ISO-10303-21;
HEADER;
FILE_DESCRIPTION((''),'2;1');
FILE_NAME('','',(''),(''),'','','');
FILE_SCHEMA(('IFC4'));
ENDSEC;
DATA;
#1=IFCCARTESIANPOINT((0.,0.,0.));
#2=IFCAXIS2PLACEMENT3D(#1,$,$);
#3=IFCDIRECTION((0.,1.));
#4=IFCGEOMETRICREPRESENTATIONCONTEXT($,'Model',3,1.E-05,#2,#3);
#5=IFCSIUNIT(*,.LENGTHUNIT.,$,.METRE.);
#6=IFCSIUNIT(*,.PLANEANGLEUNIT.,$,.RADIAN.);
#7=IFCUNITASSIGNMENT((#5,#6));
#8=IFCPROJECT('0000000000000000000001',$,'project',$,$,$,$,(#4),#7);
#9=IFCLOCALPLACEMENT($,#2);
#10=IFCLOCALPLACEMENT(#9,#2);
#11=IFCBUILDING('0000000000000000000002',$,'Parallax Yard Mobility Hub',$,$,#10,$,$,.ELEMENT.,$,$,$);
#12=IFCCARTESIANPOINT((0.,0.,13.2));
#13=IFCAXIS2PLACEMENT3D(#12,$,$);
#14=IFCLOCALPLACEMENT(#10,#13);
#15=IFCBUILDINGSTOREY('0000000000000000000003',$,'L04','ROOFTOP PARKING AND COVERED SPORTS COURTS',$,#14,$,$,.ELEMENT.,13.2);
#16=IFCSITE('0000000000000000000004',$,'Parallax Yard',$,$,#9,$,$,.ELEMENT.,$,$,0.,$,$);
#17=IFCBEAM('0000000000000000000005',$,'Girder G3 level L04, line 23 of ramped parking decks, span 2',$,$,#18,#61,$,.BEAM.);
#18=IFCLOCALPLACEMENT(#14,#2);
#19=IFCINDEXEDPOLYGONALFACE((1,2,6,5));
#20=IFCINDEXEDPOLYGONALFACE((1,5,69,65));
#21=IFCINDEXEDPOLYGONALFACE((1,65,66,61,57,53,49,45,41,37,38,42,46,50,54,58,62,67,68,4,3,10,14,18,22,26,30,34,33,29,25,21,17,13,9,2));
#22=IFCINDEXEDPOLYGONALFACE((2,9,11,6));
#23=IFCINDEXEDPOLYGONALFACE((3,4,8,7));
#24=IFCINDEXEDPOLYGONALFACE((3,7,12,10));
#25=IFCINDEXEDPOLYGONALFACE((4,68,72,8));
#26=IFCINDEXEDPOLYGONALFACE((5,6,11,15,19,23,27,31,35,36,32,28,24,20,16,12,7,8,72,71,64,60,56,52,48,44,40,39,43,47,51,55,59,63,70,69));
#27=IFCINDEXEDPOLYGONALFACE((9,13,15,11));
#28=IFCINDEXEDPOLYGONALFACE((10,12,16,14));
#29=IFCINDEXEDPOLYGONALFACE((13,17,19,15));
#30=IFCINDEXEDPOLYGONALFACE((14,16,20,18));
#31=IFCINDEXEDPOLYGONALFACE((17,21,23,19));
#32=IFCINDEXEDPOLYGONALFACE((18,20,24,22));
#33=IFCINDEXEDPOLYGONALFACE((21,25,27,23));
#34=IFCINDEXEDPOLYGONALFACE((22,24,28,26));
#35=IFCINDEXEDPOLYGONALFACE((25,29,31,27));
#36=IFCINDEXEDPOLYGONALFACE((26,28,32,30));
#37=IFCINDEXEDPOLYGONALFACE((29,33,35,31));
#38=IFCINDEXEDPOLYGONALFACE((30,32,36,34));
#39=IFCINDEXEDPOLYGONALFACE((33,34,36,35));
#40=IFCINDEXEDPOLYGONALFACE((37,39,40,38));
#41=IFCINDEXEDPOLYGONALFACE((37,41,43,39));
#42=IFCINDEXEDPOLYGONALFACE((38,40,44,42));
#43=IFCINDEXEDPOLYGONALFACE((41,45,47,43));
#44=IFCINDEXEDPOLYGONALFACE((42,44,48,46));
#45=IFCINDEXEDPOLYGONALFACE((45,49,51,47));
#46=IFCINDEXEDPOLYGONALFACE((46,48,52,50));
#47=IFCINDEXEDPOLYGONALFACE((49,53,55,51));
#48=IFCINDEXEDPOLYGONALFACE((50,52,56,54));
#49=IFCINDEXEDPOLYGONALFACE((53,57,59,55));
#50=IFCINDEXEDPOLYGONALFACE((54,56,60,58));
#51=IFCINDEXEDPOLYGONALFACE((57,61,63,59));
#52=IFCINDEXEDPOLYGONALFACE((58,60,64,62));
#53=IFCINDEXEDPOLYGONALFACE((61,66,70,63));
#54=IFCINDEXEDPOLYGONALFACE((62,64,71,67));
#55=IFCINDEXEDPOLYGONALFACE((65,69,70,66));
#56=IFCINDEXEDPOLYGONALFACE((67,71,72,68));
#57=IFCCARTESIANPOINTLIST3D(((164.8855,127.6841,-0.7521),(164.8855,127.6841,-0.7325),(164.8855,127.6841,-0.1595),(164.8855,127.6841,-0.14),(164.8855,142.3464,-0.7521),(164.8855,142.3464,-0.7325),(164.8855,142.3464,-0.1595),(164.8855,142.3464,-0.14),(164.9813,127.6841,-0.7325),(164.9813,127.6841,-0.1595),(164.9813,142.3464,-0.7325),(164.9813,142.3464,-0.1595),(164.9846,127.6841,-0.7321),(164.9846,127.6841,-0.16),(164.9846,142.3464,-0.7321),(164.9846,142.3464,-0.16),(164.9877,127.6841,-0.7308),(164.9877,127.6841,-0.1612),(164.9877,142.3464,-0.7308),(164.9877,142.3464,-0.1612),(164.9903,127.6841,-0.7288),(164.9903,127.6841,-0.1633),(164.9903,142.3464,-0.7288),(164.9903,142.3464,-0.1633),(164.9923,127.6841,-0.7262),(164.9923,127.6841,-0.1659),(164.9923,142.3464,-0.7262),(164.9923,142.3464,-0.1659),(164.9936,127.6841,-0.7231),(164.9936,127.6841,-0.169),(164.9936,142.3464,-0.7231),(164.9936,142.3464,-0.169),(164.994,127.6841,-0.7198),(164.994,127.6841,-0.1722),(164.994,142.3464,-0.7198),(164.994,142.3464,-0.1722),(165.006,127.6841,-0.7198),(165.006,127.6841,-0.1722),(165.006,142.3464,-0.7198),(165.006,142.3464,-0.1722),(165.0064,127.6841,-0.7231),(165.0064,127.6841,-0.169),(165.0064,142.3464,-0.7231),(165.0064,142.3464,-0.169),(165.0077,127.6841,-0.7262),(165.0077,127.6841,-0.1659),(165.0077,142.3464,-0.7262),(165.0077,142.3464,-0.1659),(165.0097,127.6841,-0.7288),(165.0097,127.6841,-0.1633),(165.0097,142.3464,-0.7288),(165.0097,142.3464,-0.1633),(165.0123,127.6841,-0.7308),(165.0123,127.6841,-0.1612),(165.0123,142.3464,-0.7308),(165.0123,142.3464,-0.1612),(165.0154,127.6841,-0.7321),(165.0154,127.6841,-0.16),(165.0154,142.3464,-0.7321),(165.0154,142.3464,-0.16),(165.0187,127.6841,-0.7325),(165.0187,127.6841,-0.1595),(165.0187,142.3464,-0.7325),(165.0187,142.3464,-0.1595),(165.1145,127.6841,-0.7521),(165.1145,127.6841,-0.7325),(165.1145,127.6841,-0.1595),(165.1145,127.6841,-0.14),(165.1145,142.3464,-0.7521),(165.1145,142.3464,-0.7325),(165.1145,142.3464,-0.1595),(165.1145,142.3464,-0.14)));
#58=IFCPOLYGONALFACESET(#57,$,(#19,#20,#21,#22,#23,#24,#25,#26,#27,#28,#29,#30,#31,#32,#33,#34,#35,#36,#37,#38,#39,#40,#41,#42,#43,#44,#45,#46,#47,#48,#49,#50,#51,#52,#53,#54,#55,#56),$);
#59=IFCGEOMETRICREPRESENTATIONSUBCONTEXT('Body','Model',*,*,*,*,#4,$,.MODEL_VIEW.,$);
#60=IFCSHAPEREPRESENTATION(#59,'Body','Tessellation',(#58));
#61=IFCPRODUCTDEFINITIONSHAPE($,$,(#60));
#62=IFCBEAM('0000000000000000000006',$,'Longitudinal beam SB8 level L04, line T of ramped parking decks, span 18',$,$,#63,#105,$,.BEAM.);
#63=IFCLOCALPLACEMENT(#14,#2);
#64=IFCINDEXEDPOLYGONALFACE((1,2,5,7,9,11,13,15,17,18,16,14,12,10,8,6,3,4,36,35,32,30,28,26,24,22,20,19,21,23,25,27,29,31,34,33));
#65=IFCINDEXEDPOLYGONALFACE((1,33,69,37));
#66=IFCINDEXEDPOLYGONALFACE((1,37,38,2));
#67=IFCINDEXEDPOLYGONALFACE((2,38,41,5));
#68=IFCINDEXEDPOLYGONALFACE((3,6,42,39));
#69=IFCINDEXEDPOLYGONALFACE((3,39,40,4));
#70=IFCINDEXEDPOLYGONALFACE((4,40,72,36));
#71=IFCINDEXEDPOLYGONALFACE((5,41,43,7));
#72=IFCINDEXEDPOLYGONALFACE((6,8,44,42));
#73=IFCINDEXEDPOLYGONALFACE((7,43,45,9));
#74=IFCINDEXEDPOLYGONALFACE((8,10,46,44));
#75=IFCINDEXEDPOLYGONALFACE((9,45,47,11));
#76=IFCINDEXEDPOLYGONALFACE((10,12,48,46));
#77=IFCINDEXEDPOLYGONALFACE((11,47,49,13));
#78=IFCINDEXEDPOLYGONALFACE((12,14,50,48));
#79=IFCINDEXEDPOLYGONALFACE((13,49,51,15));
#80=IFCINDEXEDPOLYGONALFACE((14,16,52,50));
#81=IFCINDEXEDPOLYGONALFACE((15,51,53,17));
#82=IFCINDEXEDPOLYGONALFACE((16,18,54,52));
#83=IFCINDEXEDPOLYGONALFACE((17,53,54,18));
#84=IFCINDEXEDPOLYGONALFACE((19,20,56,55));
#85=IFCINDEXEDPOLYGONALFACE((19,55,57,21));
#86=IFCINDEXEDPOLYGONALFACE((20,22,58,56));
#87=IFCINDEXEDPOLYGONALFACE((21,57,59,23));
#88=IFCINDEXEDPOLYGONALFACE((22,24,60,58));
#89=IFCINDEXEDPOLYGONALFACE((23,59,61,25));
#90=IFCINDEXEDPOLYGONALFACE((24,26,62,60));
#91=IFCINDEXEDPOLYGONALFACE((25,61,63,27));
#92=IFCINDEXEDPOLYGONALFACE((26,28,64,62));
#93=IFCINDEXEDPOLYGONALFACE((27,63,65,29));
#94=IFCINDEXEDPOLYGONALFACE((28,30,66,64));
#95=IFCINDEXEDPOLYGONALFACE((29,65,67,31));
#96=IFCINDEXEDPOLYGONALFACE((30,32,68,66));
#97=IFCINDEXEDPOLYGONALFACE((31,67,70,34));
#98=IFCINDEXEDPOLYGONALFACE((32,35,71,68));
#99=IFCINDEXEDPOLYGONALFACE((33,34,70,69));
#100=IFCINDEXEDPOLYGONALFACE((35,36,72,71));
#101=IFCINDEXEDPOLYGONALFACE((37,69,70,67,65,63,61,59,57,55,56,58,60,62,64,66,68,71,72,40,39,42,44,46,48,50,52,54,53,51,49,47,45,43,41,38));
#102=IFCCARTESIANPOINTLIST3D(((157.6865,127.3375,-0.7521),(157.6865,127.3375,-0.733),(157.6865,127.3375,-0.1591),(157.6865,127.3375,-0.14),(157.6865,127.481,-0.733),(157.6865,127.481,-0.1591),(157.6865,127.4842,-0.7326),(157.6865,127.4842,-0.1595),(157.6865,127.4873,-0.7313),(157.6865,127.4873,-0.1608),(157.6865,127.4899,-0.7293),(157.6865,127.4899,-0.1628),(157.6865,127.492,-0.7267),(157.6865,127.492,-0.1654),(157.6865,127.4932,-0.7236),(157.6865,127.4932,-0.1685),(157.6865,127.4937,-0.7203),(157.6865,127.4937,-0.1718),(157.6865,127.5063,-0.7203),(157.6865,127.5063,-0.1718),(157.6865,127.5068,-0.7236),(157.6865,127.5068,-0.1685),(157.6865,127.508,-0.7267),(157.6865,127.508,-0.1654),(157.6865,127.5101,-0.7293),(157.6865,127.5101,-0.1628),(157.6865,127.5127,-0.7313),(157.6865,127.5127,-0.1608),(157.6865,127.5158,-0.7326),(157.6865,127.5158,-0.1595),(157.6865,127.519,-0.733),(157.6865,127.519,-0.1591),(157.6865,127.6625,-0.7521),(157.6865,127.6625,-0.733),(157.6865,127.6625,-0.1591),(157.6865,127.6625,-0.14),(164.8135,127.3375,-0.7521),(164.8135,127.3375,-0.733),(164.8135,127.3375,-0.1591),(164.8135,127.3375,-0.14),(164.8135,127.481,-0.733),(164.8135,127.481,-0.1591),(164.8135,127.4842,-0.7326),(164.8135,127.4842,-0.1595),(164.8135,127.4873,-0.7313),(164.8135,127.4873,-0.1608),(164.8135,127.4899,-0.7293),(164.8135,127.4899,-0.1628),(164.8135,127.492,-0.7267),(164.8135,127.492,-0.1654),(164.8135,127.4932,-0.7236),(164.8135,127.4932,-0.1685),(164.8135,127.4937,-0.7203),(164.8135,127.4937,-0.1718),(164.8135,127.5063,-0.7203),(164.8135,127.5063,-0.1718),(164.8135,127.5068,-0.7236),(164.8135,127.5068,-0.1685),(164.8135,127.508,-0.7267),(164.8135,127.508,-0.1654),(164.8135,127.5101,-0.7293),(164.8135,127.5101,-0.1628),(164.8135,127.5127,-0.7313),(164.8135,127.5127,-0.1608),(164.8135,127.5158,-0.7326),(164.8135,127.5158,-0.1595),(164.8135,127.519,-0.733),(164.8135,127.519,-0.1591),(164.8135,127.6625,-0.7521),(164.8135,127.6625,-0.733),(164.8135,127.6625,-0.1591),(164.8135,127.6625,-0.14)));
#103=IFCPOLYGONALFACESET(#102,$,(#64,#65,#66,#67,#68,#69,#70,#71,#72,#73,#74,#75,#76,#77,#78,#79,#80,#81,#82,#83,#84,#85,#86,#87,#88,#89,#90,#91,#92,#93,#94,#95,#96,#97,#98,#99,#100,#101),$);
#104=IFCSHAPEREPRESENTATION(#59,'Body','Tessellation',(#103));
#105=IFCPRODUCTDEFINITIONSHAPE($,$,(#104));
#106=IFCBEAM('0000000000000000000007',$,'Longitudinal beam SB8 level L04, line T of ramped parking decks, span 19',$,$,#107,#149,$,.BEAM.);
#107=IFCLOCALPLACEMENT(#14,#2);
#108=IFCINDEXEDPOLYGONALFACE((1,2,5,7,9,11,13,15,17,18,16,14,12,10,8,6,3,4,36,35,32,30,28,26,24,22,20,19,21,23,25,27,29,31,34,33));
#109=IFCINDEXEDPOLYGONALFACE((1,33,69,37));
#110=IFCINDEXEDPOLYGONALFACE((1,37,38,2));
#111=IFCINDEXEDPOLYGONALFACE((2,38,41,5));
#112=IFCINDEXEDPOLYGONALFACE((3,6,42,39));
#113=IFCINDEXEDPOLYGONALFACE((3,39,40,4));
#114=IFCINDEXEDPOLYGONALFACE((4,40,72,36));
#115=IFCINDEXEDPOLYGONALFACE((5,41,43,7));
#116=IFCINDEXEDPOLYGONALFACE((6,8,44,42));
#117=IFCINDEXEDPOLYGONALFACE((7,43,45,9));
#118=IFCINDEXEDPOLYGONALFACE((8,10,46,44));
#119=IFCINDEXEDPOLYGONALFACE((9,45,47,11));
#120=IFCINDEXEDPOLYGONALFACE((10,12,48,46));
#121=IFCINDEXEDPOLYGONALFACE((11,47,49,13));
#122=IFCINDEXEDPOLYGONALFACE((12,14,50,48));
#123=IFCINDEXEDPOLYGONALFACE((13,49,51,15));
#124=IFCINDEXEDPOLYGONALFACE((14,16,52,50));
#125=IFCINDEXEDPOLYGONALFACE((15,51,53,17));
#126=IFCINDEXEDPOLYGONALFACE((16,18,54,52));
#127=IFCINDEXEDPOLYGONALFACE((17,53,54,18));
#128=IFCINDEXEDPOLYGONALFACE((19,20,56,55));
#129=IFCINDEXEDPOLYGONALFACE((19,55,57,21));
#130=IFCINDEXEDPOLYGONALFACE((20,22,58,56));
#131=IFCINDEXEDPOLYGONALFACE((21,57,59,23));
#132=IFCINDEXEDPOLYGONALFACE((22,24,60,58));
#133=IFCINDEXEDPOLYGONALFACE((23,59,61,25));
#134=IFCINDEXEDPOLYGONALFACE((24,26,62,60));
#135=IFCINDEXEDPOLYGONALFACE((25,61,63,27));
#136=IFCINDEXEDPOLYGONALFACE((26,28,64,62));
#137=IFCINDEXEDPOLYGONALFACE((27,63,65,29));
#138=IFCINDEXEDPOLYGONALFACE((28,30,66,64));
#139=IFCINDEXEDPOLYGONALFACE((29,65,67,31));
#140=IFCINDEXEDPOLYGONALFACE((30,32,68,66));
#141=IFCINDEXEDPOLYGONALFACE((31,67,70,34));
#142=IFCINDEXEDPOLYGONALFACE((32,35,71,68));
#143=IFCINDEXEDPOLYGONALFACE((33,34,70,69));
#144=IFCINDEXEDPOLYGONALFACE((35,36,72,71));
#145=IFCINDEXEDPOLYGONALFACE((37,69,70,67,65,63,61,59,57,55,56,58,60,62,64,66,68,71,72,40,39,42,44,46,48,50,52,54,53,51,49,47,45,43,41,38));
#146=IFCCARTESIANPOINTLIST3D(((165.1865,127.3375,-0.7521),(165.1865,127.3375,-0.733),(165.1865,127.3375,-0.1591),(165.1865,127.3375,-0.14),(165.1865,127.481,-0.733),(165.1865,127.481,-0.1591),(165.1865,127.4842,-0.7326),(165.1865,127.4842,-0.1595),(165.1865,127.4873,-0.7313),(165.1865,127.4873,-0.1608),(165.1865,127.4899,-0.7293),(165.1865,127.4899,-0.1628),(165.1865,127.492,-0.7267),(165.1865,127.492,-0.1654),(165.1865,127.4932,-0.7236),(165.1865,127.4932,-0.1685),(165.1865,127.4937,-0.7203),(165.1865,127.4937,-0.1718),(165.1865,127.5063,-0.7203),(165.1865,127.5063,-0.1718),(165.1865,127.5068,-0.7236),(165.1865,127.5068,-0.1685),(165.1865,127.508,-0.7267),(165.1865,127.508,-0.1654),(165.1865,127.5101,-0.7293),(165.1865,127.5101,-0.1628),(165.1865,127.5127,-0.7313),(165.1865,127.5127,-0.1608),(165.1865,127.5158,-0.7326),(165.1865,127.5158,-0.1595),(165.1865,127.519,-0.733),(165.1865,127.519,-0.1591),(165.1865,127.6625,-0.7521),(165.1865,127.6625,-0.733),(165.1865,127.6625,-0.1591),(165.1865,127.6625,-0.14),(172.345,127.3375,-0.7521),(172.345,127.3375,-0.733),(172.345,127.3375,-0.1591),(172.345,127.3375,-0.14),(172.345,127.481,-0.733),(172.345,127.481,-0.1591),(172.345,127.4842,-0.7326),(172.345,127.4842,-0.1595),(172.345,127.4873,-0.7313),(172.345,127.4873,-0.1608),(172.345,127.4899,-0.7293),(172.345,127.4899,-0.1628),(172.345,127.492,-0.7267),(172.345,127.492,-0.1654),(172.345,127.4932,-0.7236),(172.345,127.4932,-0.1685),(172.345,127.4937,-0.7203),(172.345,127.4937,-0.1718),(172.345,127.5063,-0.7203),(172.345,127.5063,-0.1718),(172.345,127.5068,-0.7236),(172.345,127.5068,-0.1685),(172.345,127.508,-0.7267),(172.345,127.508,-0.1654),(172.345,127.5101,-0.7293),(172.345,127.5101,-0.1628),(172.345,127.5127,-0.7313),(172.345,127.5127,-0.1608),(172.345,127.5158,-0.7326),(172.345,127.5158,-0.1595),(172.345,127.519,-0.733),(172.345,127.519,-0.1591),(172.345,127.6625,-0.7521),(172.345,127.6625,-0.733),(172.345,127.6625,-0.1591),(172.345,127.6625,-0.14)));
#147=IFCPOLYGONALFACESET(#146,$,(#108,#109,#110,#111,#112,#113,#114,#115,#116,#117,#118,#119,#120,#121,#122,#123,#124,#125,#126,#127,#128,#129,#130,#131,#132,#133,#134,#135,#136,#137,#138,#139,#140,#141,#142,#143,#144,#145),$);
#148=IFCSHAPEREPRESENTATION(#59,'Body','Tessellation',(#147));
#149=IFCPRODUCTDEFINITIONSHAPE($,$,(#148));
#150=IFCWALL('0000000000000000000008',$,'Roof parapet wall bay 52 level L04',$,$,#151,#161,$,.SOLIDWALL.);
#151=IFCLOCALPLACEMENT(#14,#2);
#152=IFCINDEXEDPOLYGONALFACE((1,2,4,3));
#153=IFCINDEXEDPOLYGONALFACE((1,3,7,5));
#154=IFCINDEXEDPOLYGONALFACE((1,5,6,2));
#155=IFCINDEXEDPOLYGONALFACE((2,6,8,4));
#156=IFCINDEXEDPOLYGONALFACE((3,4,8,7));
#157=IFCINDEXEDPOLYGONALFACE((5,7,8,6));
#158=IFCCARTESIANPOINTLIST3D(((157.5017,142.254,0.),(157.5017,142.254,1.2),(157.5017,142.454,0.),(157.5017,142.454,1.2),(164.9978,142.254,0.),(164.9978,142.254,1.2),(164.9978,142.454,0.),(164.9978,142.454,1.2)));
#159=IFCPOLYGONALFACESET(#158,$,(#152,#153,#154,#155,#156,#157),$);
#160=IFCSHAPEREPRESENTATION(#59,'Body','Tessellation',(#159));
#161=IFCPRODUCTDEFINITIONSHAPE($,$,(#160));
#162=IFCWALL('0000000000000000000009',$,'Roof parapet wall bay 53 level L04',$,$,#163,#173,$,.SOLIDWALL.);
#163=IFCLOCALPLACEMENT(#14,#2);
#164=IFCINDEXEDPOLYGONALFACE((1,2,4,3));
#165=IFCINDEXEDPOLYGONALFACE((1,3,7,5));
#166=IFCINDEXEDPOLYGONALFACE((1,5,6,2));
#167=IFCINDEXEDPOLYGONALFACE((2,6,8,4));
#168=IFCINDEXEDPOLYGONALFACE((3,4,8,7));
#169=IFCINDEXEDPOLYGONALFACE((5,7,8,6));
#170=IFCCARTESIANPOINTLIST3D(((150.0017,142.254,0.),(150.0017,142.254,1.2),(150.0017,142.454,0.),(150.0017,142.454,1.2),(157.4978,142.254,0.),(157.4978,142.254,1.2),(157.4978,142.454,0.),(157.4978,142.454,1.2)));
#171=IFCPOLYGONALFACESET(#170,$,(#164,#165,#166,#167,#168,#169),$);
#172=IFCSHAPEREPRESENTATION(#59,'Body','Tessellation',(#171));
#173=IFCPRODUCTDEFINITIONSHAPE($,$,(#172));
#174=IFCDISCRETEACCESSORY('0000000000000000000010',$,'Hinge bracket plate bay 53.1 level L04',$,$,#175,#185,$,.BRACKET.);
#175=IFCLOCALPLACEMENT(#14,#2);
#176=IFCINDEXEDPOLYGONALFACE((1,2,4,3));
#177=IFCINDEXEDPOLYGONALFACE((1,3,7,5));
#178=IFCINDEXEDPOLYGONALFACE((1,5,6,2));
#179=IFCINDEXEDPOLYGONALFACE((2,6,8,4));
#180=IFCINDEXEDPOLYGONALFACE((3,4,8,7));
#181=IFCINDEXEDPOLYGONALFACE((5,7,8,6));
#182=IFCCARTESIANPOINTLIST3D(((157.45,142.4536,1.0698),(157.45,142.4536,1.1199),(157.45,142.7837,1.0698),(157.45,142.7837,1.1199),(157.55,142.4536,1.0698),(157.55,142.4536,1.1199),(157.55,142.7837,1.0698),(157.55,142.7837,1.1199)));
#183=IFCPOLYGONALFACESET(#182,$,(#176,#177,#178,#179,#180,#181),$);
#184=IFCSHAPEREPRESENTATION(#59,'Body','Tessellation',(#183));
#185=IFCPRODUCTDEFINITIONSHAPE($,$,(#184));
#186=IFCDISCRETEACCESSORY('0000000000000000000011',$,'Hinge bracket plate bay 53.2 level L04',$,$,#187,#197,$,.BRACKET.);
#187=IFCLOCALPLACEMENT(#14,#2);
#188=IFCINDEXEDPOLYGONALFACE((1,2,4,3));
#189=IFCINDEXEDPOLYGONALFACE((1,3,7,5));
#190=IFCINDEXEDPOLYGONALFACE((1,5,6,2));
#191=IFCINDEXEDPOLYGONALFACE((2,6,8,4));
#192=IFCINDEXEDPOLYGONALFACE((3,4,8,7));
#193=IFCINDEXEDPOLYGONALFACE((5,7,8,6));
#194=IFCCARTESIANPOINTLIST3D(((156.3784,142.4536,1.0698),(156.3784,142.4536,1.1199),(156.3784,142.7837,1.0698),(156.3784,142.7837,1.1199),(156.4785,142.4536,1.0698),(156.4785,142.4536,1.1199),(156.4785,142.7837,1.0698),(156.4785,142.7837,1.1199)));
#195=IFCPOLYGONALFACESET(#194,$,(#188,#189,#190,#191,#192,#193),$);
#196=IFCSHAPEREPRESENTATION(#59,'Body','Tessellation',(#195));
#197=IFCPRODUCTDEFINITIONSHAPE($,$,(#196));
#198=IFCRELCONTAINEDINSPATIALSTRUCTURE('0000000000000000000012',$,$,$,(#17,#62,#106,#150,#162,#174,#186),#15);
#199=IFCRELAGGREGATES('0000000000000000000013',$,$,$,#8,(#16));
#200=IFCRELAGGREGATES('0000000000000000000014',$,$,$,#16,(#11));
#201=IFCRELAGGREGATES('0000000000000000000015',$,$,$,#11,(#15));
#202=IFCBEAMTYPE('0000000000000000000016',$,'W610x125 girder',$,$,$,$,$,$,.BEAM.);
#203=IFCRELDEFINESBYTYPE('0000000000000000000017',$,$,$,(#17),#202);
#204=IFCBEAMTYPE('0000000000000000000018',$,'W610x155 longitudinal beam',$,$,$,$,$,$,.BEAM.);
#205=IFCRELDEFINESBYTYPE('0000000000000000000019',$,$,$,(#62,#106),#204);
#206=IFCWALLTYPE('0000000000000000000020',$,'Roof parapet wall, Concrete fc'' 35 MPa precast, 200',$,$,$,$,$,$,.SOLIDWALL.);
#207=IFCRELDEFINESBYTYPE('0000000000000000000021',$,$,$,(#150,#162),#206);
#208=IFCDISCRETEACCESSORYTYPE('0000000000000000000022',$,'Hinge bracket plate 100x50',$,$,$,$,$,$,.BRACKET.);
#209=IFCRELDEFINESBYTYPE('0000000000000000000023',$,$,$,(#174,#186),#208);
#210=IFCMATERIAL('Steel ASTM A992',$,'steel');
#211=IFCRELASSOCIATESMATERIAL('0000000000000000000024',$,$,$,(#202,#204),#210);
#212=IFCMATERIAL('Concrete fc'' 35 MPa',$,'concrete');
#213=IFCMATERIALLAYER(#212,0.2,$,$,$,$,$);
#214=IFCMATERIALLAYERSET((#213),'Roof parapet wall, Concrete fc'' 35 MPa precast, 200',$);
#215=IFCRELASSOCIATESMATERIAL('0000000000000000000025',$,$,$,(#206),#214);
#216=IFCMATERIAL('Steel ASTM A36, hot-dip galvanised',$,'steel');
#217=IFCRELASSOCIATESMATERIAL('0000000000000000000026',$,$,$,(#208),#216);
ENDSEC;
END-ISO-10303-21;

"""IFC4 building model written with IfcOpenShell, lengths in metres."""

from ifc_helpers import new_model, si_unit, direction, frame, frame_2d, origin, origin_2d, place, context, subcontext, project, spatial, rectangle, i_section, extrude, material, layer, layer_set, material_profile, profile_set, type_object, element, save


model = new_model("IFC4")

# Units and contexts
model_context = context("Model", 3, precision=1e-05, world=origin(), true_north=direction((0.0, 1.0)))
body_context = subcontext(model_context, "Body", "Model", "MODEL_VIEW")
ifc_project = project(units=[si_unit("LENGTHUNIT", "METRE"), si_unit("PLANEANGLEUNIT", "RADIAN")], contexts=[model_context])

# Site, building, storey
site_placement = place(None, origin())
site = spatial("IfcSite", under=ifc_project, at=site_placement, Name="Parallax Yard", CompositionType="ELEMENT", RefElevation=0.0)
building_placement = place(site_placement, origin())
building = spatial("IfcBuilding", under=site, at=building_placement, Name="Parallax Yard Mobility Hub", CompositionType="ELEMENT")
storey_placement = place(building_placement, frame((0.0, 0.0, 13.2)))
storey = spatial("IfcBuildingStorey", under=building, at=storey_placement, Name="L04", Description="ROOFTOP PARKING AND COVERED SPORTS COURTS", CompositionType="ELEMENT", Elevation=13.2)

# Shared definitions
ifc_material_1 = material(Name="Steel ASTM A992", Category="steel")

# Beams
ifc_material_profile_1 = material_profile(ifc_material_1, i_section(OverallWidth=0.229, OverallDepth=0.6121, WebThickness=0.012, FlangeThickness=0.0195, FilletRadius=0.0127, at=origin_2d()), Name="W610x125")
ifc_profile_set_1 = profile_set([ifc_material_profile_1], Name="Steel ASTM A992")
beam_type_1 = type_object("IfcBeamType", Name="W610x125 girder", PredefinedType="BEAM", material=ifc_profile_set_1)
for number, where, z_axis, x_axis, name in (
    (1, (165.0, 127.6841, -0.446), (0.0, 1.0, 0.0), (-1.0, 0.0, 0.0), "Girder G3 level L04, line 23 of ramped parking decks, span 2"),
):
    element("IfcBeam", number, at=place(storey_placement, frame(where, z_axis=z_axis, x_axis=x_axis)), inside=storey, type_object=beam_type_1, Name=name, PredefinedType="BEAM", context=body_context, shape_type="SweptSolid", body=[
        extrude(i_section(OverallWidth=0.229, OverallDepth=0.6121, WebThickness=0.012, FlangeThickness=0.0195, FilletRadius=0.0127, at=origin_2d()), origin(), (0.0, 0.0, 1.0), 14.6624),
    ])
ifc_material_profile_2 = material_profile(ifc_material_1, i_section(OverallWidth=0.325, OverallDepth=0.6121, WebThickness=0.0127, FlangeThickness=0.019, FilletRadius=0.0127, at=origin_2d()), Name="W610x155")
ifc_profile_set_2 = profile_set([ifc_material_profile_2], Name="Steel ASTM A992")
beam_type_2 = type_object("IfcBeamType", Name="W610x155 longitudinal beam", PredefinedType="BEAM", material=ifc_profile_set_2)
beam_1_placement = place(storey_placement, frame((157.6865, 127.5, -0.446), z_axis=(1.0, 0.0, 0.0), x_axis=(0.0, 1.0, 0.0)))
element("IfcBeam", 2, at=beam_1_placement, inside=storey, type_object=beam_type_2, Name="Longitudinal beam SB8 level L04, line T of ramped parking decks, span 18", PredefinedType="BEAM", context=body_context, shape_type="SweptSolid", body=[
    extrude(i_section(OverallWidth=0.325, OverallDepth=0.6121, WebThickness=0.0127, FlangeThickness=0.019, FilletRadius=0.0127, at=origin_2d()), origin(), (0.0, 0.0, 1.0), 7.127),
])
beam_2_placement = place(storey_placement, frame((165.1865, 127.5, -0.446), z_axis=(1.0, 0.0, 0.0), x_axis=(0.0, 1.0, 0.0)))
element("IfcBeam", 3, at=beam_2_placement, inside=storey, type_object=beam_type_2, Name="Longitudinal beam SB8 level L04, line T of ramped parking decks, span 19", PredefinedType="BEAM", context=body_context, shape_type="SweptSolid", body=[
    extrude(i_section(OverallWidth=0.325, OverallDepth=0.6121, WebThickness=0.0127, FlangeThickness=0.019, FilletRadius=0.0127, at=origin_2d()), origin(), (0.0, 0.0, 1.0), 7.1584),
])

# Walls
ifc_material_2 = material(Name="Concrete fc' 35 MPa", Category="concrete")
ifc_layer = layer(ifc_material_2, 0.2)
ifc_layer_set = layer_set([ifc_layer], Name="Roof parapet wall, Concrete fc' 35 MPa precast, 200")
wall_type = type_object("IfcWallType", Name="Roof parapet wall, Concrete fc' 35 MPa precast, 200", PredefinedType="SOLIDWALL", material=ifc_layer_set)
for number, where, z_axis, x_axis, name in (
    (4, (164.9978, 142.354, 0.0), (0.0, 0.0, 1.0), (-1.0, 0.0, 0.0), "Roof parapet wall bay 52 level L04"),
    (5, (157.4978, 142.354, 0.0), (0.0, 0.0, 1.0), (-1.0, 0.0, 0.0), "Roof parapet wall bay 53 level L04"),
):
    element("IfcWall", number, at=place(storey_placement, frame(where, z_axis=z_axis, x_axis=x_axis)), inside=storey, type_object=wall_type, Name=name, PredefinedType="SOLIDWALL", context=body_context, shape_type="SweptSolid", body=[
        extrude(rectangle(XDim=7.4961, YDim=0.2, at=frame_2d((3.748, 0.0))), origin(), (0.0, 0.0, 1.0), 1.2),
    ])

# Discrete accessories
ifc_material_3 = material(Name="Steel ASTM A36, hot-dip galvanised", Category="steel")
discrete_accessory_type_1 = type_object("IfcDiscreteAccessoryType", Name="Hinge bracket plate 100x50", PredefinedType="BRACKET", material=ifc_material_3)
for number, where, z_axis, x_axis, name in (
    (6, (157.5, 142.6187, 1.0698), (0.0, 0.0, 1.0), (0.0, 1.0, 0.0), "Hinge bracket plate bay 53.1 level L04"),
    (7, (156.4285, 142.6187, 1.0698), (0.0, 0.0, 1.0), (0.0, 1.0, 0.0), "Hinge bracket plate bay 53.2 level L04"),
):
    element("IfcDiscreteAccessory", number, at=place(storey_placement, frame(where, z_axis=z_axis, x_axis=x_axis)), inside=storey, type_object=discrete_accessory_type_1, Name=name, PredefinedType="BRACKET", context=body_context, shape_type="SweptSolid", body=[
        extrude(rectangle(XDim=0.3301, YDim=0.1001, at=origin_2d()), origin(), (0.0, 0.0, 1.0), 0.05),
    ])

save(model, "model.ifc")
